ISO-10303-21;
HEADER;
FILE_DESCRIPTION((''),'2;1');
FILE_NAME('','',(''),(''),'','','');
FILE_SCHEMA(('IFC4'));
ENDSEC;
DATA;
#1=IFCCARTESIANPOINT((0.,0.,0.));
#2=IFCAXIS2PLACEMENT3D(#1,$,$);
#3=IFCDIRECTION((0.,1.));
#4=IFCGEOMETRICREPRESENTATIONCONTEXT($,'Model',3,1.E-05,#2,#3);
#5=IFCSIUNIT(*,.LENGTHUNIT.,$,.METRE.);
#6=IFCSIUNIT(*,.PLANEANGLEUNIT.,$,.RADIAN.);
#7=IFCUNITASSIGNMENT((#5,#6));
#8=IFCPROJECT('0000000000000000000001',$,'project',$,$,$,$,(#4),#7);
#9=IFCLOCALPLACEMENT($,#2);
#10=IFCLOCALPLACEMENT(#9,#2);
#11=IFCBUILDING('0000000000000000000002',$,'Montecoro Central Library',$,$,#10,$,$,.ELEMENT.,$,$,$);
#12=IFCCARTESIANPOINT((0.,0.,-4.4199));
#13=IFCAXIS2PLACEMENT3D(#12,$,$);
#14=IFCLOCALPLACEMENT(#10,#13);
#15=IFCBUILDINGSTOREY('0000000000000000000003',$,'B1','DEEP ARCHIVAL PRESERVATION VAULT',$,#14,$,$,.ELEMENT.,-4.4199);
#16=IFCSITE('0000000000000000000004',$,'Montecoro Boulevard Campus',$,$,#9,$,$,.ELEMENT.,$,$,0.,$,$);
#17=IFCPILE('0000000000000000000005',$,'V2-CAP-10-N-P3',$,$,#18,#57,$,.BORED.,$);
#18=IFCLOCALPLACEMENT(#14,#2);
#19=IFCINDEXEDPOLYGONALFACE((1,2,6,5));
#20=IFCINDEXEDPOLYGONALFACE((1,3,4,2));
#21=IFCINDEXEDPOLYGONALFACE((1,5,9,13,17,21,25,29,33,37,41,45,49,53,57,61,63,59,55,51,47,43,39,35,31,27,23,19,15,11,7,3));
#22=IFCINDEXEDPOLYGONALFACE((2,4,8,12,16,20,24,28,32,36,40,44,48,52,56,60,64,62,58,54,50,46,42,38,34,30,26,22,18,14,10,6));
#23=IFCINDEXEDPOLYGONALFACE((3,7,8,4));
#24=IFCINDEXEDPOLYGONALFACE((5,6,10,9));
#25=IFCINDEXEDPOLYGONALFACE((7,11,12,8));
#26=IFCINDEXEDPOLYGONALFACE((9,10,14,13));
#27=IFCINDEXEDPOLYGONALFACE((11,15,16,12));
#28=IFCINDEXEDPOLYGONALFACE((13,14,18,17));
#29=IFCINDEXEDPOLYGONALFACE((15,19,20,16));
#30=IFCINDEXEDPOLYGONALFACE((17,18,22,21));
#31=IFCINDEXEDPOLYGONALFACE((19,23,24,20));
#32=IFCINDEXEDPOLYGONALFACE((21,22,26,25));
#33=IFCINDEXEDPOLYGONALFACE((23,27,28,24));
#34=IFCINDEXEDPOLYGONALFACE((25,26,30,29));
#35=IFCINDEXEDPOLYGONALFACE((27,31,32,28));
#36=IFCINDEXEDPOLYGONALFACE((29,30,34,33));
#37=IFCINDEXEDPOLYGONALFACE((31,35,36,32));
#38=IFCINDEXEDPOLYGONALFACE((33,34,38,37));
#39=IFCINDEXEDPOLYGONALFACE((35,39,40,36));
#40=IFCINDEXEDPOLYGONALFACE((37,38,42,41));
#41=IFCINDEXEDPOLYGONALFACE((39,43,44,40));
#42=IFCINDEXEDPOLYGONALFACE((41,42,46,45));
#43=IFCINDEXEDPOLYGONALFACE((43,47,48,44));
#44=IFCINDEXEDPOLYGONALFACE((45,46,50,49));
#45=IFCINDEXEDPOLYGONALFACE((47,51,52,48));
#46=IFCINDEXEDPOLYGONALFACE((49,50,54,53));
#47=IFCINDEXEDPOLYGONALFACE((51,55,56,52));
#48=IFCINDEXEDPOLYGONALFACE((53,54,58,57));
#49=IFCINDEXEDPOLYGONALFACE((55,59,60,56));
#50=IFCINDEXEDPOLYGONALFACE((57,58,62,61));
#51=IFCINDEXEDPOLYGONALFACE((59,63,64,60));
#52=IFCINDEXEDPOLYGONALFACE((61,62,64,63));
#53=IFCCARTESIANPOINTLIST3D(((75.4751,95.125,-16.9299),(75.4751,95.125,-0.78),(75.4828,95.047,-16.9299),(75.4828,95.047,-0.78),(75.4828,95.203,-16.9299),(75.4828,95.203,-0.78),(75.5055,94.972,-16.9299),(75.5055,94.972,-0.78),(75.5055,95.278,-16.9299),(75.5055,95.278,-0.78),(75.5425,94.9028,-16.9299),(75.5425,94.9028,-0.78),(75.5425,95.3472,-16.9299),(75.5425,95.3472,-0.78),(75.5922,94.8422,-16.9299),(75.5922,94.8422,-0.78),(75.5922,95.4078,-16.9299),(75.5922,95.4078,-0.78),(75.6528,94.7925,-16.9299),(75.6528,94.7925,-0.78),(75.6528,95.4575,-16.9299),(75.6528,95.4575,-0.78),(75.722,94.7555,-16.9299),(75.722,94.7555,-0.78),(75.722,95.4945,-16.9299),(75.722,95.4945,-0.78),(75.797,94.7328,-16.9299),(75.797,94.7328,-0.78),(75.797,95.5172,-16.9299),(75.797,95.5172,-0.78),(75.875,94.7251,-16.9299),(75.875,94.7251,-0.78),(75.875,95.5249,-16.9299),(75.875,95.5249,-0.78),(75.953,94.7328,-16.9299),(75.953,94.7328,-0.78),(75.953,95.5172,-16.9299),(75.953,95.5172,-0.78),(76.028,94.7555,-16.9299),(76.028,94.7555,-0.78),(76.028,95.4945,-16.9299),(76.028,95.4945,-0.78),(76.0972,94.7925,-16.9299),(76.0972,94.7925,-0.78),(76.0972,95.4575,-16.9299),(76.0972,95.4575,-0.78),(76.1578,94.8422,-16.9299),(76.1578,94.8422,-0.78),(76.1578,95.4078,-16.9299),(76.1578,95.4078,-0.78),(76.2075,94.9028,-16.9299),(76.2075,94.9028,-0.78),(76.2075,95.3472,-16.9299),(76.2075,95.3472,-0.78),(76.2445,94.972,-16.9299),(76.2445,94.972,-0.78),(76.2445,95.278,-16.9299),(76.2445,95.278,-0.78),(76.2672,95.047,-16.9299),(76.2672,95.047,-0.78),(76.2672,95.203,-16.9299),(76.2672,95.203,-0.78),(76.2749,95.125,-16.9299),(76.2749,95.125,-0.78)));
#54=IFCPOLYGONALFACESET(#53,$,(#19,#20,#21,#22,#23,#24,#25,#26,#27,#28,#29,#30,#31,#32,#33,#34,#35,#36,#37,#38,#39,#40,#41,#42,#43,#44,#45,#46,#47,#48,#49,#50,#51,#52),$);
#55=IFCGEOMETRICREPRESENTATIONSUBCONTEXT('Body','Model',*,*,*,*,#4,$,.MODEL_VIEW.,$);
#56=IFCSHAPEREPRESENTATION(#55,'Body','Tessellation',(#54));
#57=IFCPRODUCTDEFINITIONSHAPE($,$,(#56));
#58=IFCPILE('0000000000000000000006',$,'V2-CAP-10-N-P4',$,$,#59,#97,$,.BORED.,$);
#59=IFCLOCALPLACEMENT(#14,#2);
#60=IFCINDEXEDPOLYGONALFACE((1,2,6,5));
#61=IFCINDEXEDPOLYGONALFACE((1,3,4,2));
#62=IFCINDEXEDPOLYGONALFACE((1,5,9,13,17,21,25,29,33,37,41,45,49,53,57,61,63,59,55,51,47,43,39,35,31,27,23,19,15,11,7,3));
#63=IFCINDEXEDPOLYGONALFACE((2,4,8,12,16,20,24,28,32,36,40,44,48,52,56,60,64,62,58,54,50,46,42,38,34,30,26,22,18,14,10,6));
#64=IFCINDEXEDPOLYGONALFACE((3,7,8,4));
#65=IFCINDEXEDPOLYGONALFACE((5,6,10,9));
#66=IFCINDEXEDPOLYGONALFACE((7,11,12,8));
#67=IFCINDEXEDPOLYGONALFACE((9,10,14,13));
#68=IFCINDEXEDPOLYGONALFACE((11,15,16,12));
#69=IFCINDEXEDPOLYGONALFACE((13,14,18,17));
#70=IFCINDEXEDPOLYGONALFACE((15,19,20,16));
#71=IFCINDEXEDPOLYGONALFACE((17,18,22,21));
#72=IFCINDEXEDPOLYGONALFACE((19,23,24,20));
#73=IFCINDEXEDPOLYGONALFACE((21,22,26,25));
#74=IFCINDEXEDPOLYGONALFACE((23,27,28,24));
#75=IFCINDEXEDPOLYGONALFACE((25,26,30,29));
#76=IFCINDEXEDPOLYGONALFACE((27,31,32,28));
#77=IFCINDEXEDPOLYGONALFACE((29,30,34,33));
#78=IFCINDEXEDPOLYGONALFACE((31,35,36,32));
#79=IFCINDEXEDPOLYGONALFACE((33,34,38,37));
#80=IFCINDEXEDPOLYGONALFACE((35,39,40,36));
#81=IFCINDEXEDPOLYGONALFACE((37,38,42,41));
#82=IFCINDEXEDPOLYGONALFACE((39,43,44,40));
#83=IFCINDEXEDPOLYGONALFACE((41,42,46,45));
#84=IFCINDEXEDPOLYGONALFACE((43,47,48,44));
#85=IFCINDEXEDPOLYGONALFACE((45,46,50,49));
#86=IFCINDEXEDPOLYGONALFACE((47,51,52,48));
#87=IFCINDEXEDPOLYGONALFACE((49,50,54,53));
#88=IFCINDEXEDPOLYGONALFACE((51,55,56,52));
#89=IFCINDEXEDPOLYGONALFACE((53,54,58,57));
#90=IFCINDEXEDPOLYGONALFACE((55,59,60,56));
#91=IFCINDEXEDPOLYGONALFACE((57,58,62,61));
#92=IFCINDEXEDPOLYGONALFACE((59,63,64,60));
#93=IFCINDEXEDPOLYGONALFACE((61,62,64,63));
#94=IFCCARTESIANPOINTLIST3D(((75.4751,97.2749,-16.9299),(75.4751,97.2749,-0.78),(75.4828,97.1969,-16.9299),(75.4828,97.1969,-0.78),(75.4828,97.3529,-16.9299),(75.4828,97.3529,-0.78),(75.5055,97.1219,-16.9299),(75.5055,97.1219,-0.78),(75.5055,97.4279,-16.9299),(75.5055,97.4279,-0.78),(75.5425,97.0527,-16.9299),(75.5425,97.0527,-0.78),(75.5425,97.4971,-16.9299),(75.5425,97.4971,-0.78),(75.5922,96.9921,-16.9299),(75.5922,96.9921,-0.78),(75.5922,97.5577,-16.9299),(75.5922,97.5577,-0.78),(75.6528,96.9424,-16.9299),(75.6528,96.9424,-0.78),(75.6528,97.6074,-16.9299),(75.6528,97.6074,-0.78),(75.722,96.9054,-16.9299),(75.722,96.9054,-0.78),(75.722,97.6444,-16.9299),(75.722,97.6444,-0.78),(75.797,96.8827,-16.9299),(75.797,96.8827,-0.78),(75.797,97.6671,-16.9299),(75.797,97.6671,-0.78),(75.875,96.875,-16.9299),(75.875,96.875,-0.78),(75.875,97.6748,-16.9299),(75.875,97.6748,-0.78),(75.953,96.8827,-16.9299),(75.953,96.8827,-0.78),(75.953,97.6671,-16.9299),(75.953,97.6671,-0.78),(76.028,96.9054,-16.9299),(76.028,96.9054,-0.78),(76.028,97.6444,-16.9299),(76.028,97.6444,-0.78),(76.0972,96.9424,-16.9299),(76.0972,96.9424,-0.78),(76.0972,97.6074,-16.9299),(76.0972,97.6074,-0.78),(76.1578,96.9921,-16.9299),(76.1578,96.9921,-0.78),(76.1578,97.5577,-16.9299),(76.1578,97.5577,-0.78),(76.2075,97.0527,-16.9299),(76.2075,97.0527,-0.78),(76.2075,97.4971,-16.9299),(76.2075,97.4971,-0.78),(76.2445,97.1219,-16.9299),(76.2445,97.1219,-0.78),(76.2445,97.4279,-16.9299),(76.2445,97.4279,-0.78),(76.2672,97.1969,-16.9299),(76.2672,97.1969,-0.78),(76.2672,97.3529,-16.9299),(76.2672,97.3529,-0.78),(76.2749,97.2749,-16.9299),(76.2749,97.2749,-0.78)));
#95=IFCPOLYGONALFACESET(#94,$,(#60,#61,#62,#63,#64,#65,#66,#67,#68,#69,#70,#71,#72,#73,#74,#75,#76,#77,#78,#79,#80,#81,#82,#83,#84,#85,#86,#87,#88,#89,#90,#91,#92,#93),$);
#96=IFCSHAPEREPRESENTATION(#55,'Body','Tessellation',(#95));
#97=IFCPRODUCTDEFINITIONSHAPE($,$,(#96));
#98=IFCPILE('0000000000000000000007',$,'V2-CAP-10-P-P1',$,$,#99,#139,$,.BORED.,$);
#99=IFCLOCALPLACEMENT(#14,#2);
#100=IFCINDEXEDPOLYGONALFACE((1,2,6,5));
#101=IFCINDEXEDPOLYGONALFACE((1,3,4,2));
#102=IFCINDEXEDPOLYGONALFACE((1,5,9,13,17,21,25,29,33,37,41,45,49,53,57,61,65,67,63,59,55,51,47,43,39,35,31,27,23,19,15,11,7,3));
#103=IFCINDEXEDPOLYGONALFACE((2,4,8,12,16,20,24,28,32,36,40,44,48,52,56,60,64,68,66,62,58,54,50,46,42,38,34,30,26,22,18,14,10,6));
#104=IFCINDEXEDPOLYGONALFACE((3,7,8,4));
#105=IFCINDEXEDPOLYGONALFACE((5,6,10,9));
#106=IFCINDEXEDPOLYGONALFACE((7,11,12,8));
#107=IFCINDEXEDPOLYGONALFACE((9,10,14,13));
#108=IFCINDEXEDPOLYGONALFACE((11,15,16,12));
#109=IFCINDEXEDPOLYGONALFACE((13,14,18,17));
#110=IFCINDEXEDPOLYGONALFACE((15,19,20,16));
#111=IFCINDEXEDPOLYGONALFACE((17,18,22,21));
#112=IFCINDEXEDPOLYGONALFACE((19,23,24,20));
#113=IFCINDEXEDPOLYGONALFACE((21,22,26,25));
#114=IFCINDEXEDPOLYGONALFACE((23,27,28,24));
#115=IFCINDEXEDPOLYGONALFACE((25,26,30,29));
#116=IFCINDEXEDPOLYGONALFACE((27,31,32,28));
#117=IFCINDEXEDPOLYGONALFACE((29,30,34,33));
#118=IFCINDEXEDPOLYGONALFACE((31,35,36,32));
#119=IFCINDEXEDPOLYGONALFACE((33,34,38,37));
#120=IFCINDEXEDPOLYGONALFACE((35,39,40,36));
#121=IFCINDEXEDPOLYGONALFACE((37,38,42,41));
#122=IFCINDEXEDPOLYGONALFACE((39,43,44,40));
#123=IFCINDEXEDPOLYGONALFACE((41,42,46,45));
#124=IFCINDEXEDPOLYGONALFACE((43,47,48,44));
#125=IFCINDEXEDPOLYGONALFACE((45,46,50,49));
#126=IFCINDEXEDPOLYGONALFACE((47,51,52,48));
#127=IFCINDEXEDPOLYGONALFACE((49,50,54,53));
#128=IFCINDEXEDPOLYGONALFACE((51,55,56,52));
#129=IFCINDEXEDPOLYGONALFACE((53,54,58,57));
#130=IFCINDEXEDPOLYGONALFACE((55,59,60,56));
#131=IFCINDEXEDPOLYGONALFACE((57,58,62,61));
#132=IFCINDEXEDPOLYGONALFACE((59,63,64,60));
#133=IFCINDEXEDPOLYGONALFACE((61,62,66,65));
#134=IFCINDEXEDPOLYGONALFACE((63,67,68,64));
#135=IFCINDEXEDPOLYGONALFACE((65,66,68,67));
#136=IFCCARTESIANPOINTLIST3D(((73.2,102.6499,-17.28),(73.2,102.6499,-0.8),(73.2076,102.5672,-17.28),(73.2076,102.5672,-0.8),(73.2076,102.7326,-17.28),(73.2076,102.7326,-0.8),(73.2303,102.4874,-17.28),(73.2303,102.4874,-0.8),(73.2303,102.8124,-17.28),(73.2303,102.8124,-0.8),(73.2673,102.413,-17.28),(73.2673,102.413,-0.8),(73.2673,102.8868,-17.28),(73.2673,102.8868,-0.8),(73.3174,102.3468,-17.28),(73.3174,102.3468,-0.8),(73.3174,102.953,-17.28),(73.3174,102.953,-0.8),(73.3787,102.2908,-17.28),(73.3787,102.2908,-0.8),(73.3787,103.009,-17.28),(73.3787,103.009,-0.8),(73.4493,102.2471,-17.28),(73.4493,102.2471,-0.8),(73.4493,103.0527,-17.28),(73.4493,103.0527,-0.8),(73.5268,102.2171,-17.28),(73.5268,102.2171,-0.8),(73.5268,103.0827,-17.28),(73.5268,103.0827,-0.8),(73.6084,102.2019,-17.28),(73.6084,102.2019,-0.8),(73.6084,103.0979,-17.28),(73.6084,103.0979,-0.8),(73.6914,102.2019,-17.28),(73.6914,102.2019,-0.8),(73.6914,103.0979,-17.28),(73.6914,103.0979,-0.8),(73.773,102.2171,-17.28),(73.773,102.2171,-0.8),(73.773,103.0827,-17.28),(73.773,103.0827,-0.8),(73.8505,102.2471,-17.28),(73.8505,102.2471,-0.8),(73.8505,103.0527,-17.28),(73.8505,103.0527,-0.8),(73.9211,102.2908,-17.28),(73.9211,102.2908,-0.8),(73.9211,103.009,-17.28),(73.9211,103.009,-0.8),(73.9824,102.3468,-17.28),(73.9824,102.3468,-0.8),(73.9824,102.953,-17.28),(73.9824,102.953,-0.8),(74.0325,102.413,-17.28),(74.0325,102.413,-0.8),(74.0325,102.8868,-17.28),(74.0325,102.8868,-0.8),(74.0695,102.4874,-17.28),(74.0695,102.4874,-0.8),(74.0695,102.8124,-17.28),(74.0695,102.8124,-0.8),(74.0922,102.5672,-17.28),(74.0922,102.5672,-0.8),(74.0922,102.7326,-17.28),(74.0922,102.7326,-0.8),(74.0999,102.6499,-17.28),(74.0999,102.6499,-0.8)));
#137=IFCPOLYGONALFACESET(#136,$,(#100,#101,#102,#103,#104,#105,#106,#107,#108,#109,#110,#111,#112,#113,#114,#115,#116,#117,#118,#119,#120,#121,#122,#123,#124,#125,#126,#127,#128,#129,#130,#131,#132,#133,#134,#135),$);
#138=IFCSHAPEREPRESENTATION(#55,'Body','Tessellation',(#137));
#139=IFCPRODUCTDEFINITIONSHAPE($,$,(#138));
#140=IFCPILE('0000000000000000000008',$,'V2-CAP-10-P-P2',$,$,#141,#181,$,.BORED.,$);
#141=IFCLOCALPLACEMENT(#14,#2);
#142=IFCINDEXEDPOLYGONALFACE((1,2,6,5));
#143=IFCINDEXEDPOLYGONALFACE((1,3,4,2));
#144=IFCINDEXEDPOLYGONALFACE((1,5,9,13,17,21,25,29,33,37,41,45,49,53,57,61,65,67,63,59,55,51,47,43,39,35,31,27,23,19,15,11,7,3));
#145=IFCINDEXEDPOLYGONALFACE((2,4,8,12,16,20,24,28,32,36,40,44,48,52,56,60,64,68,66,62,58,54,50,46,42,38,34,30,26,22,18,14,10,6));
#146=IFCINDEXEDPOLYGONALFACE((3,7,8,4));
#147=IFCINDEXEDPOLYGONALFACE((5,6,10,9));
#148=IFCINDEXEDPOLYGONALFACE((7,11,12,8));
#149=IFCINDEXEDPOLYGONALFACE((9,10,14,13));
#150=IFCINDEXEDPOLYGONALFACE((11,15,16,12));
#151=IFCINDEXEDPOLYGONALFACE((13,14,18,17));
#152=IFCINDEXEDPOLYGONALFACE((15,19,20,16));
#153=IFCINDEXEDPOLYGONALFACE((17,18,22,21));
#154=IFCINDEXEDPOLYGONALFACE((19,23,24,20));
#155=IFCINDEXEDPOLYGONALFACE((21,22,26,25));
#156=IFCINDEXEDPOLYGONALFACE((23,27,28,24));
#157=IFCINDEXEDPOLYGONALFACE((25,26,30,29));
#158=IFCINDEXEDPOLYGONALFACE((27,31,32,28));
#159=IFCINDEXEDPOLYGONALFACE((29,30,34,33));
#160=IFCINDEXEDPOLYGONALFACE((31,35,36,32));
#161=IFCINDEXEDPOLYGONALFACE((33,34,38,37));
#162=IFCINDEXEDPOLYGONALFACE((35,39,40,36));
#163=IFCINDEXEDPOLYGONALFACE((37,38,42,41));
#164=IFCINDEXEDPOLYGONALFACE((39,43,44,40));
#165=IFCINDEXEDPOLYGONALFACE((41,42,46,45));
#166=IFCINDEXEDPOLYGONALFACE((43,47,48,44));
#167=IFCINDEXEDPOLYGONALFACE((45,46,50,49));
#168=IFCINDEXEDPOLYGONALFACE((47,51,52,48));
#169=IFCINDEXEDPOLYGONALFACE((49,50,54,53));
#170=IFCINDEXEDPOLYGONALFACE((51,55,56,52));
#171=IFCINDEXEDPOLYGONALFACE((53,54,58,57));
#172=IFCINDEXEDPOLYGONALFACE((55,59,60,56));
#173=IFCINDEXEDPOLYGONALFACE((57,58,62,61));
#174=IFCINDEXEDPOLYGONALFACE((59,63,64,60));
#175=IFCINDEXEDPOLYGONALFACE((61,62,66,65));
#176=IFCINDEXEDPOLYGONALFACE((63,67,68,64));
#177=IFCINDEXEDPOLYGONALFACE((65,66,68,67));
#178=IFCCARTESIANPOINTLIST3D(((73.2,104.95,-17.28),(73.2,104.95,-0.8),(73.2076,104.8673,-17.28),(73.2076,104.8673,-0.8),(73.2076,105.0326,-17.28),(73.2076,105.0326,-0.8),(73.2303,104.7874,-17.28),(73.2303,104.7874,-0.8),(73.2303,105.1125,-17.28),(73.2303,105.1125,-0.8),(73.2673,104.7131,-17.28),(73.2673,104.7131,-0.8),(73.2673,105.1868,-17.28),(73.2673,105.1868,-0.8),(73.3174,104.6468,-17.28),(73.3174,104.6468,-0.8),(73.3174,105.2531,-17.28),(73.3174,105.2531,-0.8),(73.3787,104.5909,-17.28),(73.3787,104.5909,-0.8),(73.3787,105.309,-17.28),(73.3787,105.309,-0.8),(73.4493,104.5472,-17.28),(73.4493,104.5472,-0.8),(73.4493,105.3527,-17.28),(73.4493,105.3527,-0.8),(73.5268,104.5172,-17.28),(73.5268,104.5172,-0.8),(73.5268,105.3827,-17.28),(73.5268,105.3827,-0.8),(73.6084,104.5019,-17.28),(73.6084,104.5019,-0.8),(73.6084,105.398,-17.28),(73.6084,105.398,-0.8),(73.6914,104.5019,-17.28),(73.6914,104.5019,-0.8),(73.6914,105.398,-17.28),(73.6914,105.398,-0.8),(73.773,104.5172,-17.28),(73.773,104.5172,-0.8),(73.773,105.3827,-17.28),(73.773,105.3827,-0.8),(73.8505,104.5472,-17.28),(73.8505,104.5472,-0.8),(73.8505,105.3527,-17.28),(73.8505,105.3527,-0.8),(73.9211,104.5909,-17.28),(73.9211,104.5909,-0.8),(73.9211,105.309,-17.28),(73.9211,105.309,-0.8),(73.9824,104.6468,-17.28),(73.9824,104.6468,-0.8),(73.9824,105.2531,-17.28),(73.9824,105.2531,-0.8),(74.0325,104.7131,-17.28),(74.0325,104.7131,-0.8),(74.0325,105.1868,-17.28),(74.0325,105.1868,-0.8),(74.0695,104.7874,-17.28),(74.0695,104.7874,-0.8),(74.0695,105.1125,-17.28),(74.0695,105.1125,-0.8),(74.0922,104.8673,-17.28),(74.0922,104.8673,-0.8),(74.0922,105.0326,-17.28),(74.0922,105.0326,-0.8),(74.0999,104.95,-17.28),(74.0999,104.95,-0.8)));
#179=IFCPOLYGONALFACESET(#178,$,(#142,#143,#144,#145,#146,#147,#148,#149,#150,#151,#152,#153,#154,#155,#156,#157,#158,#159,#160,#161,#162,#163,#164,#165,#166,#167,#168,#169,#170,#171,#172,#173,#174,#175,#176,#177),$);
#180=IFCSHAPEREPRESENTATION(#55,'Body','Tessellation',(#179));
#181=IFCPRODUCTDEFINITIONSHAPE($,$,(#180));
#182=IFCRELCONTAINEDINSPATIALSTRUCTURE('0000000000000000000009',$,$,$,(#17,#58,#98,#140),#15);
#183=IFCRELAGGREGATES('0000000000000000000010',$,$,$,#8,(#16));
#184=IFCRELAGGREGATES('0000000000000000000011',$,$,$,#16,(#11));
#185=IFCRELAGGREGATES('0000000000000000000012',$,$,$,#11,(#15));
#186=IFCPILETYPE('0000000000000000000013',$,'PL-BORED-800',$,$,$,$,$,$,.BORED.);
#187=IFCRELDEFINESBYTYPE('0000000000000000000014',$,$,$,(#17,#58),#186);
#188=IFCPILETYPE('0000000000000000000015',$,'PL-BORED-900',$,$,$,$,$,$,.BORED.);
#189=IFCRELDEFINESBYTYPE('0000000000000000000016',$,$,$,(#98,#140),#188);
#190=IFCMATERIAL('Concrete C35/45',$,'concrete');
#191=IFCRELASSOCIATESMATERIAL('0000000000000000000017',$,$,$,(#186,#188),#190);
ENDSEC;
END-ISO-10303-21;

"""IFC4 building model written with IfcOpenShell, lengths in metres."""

from ifc_helpers import new_model, si_unit, direction, frame, origin, origin_2d, place, context, subcontext, project, spatial, circle, extrude, material, material_profile, profile_set, type_object, element, save


model = new_model("IFC4")

# Units and contexts
model_context = context("Model", 3, precision=1e-05, world=origin(), true_north=direction((0.0, 1.0)))
body_context = subcontext(model_context, "Body", "Model", "MODEL_VIEW")
ifc_project = project(units=[si_unit("LENGTHUNIT", "METRE"), si_unit("PLANEANGLEUNIT", "RADIAN")], contexts=[model_context])

# Site, building, storey
site_placement = place(None, origin())
site = spatial("IfcSite", under=ifc_project, at=site_placement, Name="Montecoro Boulevard Campus", CompositionType="ELEMENT", RefElevation=0.0)
building_placement = place(site_placement, origin())
building = spatial("IfcBuilding", under=site, at=building_placement, Name="Montecoro Central Library", CompositionType="ELEMENT")
storey_placement = place(building_placement, frame((0.0, 0.0, -4.4199)))
storey = spatial("IfcBuildingStorey", under=building, at=storey_placement, Name="B1", Description="DEEP ARCHIVAL PRESERVATION VAULT", CompositionType="ELEMENT", Elevation=-4.4199)

# Shared definitions
ifc_material_1 = material(Name="Concrete C35/45", Category="concrete")

# Piles
ifc_material_profile_1 = material_profile(ifc_material_1, circle(Radius=0.3999, at=origin_2d()), Name="PILE D800")
ifc_profile_set_1 = profile_set([ifc_material_profile_1], Name="Concrete C35/45")
pile_type_1 = type_object("IfcPileType", Name="PL-BORED-800", PredefinedType="BORED", material=ifc_profile_set_1)
for number, where, z_axis, x_axis, name in (
    (1, (75.875, 95.125, -0.78), (0.0, 0.0, -1.0), (1.0, 0.0, 0.0), "V2-CAP-10-N-P3"),
    (2, (75.875, 97.2749, -0.78), (0.0, 0.0, -1.0), (1.0, 0.0, 0.0), "V2-CAP-10-N-P4"),
):
    element("IfcPile", number, at=place(storey_placement, frame(where, z_axis=z_axis, x_axis=x_axis)), inside=storey, type_object=pile_type_1, Name=name, PredefinedType="BORED", context=body_context, shape_type="SweptSolid", body=[
        extrude(circle(Radius=0.3999, at=origin_2d()), origin(), (0.0, 0.0, 1.0), 16.1499),
    ])
ifc_material_profile_2 = material_profile(ifc_material_1, circle(Radius=0.45, at=origin_2d()), Name="PILE D900")
ifc_profile_set_2 = profile_set([ifc_material_profile_2], Name="Concrete C35/45")
pile_type_2 = type_object("IfcPileType", Name="PL-BORED-900", PredefinedType="BORED", material=ifc_profile_set_2)
for number, where, z_axis, x_axis, name in (
    (3, (73.6499, 102.6499, -0.8), (0.0, 0.0, -1.0), (1.0, 0.0, 0.0), "V2-CAP-10-P-P1"),
    (4, (73.6499, 104.95, -0.8), (0.0, 0.0, -1.0), (1.0, 0.0, 0.0), "V2-CAP-10-P-P2"),
):
    element("IfcPile", number, at=place(storey_placement, frame(where, z_axis=z_axis, x_axis=x_axis)), inside=storey, type_object=pile_type_2, Name=name, PredefinedType="BORED", context=body_context, shape_type="SweptSolid", body=[
        extrude(circle(Radius=0.45, at=origin_2d()), origin(), (0.0, 0.0, 1.0), 16.48),
    ])

save(model, "model.ifc")
